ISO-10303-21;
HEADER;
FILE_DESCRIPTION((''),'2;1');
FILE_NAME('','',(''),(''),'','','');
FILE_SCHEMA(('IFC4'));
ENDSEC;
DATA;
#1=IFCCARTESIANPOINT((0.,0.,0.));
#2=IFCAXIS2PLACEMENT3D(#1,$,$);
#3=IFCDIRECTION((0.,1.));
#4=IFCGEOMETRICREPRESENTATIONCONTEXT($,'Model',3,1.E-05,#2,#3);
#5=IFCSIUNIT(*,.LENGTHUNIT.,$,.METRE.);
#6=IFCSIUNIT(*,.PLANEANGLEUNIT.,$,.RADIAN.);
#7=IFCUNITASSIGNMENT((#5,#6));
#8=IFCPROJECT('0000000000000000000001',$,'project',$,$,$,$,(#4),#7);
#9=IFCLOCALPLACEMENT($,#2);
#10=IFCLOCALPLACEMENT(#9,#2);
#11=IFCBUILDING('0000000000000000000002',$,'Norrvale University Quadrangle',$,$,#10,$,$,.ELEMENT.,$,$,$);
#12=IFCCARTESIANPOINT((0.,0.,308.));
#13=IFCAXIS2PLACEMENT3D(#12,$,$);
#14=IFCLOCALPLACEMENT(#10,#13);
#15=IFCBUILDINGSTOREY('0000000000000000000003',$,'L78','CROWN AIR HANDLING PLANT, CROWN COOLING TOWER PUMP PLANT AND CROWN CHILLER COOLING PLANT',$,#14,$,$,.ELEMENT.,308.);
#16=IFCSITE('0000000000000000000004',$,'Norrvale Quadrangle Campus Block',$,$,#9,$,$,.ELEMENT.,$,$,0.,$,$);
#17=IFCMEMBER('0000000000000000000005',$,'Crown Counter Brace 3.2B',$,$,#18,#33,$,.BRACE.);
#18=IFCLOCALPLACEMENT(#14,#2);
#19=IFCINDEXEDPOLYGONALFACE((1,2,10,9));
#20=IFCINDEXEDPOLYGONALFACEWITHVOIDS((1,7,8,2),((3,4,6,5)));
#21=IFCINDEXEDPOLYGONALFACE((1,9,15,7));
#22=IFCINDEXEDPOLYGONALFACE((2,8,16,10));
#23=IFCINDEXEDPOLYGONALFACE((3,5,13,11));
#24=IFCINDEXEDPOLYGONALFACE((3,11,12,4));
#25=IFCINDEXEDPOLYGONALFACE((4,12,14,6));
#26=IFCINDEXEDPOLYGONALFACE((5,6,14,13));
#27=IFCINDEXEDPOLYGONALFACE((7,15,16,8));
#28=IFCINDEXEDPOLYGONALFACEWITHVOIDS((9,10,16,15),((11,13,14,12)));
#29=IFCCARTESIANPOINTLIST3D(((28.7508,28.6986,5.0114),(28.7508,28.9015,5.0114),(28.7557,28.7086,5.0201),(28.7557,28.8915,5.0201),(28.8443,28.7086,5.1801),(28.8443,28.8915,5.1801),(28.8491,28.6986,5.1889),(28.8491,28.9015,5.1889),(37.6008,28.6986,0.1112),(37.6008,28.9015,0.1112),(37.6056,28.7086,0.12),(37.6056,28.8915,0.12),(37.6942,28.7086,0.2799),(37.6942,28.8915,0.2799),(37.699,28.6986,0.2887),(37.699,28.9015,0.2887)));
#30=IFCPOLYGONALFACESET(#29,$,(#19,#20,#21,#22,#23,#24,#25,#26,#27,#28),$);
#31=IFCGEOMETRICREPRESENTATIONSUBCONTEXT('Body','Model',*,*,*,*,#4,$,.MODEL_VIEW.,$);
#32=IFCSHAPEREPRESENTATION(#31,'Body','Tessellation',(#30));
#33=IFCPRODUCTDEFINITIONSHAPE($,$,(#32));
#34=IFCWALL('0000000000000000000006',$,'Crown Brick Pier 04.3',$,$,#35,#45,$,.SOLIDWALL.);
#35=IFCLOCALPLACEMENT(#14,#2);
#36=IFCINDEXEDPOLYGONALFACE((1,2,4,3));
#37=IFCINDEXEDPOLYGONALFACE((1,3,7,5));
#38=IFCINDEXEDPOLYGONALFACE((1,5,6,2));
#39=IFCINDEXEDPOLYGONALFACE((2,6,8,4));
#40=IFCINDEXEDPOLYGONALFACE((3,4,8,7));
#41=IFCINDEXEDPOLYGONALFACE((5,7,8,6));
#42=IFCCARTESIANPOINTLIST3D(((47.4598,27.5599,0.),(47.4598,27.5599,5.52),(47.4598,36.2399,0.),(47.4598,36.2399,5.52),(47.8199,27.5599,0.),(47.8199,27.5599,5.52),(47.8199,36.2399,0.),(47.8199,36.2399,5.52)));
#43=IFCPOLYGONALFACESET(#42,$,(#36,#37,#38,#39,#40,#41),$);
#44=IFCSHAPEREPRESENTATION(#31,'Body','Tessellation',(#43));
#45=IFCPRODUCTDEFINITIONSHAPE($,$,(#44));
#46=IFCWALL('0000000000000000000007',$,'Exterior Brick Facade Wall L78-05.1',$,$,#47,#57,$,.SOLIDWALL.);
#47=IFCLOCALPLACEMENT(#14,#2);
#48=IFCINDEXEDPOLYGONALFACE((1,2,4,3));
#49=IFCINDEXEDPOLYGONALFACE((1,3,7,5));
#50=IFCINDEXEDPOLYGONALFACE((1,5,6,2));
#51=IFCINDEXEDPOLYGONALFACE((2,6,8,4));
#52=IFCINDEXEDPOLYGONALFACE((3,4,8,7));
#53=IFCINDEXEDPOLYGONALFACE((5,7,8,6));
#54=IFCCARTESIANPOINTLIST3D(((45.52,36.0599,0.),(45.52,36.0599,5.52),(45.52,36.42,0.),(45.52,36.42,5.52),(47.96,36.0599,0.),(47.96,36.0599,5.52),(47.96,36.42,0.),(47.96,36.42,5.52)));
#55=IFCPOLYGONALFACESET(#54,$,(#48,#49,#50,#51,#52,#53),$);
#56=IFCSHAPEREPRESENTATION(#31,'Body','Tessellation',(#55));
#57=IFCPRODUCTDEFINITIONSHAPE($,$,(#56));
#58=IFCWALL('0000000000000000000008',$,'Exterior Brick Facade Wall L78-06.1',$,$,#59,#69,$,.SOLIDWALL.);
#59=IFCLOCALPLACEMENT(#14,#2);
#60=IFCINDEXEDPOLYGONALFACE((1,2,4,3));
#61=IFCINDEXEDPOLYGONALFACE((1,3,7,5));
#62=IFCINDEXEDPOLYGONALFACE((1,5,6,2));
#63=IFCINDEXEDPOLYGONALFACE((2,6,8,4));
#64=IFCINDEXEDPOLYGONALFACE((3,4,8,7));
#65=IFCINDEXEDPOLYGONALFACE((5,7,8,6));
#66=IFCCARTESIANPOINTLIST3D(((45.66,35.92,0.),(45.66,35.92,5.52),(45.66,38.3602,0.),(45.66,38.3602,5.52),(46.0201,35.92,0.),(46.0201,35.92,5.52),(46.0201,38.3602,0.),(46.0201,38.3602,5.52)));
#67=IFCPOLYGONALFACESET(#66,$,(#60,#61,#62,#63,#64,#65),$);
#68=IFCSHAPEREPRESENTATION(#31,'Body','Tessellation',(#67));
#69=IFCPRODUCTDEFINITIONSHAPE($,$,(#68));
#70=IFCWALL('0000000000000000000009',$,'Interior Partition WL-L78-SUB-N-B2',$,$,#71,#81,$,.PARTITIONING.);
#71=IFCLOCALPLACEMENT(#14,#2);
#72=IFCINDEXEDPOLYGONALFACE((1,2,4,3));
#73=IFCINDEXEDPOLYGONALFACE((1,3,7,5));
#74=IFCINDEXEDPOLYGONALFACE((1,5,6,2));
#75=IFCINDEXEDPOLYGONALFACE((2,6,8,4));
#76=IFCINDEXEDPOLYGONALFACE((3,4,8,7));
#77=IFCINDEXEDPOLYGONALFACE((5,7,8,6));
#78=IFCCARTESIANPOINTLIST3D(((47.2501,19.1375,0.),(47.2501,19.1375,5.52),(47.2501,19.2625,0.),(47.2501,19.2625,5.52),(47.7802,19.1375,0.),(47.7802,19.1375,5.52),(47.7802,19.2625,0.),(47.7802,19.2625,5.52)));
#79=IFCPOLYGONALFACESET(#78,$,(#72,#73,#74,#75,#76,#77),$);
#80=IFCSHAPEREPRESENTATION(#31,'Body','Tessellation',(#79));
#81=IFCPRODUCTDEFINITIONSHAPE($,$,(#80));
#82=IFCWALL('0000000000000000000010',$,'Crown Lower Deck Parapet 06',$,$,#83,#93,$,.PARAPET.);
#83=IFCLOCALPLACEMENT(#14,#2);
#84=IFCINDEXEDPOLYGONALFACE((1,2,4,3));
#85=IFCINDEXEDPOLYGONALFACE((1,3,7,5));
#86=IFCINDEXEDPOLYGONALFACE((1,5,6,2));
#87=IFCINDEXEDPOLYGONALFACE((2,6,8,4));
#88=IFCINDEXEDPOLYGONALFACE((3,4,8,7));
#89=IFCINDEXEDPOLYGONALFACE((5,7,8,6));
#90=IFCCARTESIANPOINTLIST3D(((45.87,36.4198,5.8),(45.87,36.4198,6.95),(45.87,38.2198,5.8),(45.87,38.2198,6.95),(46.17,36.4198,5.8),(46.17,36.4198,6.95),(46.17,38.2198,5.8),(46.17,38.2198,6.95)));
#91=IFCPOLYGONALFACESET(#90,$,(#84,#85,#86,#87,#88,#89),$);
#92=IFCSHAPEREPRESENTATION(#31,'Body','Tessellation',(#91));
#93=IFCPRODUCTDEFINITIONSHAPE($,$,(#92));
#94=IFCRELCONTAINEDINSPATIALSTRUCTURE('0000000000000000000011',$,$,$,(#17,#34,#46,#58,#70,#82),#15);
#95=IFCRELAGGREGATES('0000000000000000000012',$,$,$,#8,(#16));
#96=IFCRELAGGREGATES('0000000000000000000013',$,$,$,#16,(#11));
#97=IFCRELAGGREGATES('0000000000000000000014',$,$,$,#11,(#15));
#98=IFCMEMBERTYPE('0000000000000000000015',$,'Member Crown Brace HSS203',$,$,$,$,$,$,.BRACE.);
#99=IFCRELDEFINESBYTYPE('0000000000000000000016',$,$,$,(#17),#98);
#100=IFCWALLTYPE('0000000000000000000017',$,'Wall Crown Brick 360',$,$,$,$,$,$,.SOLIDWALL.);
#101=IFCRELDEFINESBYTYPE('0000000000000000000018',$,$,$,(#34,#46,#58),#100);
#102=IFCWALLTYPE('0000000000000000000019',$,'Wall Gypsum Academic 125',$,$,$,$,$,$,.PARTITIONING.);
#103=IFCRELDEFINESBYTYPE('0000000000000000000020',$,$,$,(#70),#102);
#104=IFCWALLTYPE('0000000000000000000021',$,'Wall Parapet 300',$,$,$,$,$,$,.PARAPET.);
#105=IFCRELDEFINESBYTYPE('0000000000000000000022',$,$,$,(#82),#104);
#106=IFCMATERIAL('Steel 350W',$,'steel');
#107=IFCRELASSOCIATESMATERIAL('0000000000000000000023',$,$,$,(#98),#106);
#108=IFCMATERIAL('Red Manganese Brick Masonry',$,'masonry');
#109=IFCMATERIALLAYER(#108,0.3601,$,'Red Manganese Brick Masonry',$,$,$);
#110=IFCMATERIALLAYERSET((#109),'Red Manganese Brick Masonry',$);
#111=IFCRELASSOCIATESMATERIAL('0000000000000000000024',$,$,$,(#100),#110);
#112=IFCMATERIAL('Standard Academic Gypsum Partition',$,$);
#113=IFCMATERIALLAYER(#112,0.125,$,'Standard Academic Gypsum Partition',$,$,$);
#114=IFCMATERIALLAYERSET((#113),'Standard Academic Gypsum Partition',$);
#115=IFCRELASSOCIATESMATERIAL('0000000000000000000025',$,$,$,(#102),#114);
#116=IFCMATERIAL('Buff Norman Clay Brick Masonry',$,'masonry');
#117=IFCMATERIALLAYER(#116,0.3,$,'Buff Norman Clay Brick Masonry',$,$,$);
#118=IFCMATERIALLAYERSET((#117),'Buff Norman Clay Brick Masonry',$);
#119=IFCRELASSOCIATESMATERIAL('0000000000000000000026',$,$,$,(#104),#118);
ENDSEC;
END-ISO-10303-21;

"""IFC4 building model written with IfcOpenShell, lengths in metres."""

from ifc_helpers import new_model, si_unit, direction, frame, frame_2d, origin, origin_2d, place, context, subcontext, project, spatial, rectangle, hollow_rectangle, extrude, material, layer, layer_set, material_profile, profile_set, type_object, element, save


model = new_model("IFC4")

# Units and contexts
model_context = context("Model", 3, precision=1e-05, world=origin(), true_north=direction((0.0, 1.0)))
body_context = subcontext(model_context, "Body", "Model", "MODEL_VIEW")
ifc_project = project(units=[si_unit("LENGTHUNIT", "METRE"), si_unit("PLANEANGLEUNIT", "RADIAN")], contexts=[model_context])

# Site, building, storey
site_placement = place(None, origin())
site = spatial("IfcSite", under=ifc_project, at=site_placement, Name="Norrvale Quadrangle Campus Block", CompositionType="ELEMENT", RefElevation=0.0)
building_placement = place(site_placement, origin())
building = spatial("IfcBuilding", under=site, at=building_placement, Name="Norrvale University Quadrangle", CompositionType="ELEMENT")
storey_placement = place(building_placement, frame((0.0, 0.0, 308.0)))
storey = spatial("IfcBuildingStorey", under=building, at=storey_placement, Name="L78", Description="CROWN AIR HANDLING PLANT, CROWN COOLING TOWER PUMP PLANT AND CROWN CHILLER COOLING PLANT", CompositionType="ELEMENT", Elevation=308.0)

# Shared definitions
ifc_material_1 = material(Name="Steel 350W", Category="steel")

# Member
ifc_material_profile_1 = material_profile(ifc_material_1, hollow_rectangle(XDim=0.2029, YDim=0.2029, WallThickness=0.01, at=origin_2d()), Name="Steel 350W")
ifc_profile_set_1 = profile_set([ifc_material_profile_1], Name="Steel 350W")
member_type_1 = type_object("IfcMemberType", Name="Member Crown Brace HSS203", PredefinedType="BRACE", material=ifc_profile_set_1)
member_1_placement = place(storey_placement, frame((37.6499, 28.8, 0.2), z_axis=(-0.874846, 0.0, 0.484401), x_axis=(0.0, -1.0, 0.0)))
element("IfcMember", 1, at=member_1_placement, inside=storey, type_object=member_type_1, Name="Crown Counter Brace 3.2B", PredefinedType="BRACE", context=body_context, shape_type="SweptSolid", body=[
    extrude(hollow_rectangle(XDim=0.2029, YDim=0.2029, WallThickness=0.01, at=origin_2d()), origin(), (0.0, 0.0, 1.0), 10.116),
])

# Walls
ifc_material_2 = material(Name="Red Manganese Brick Masonry", Category="masonry")
ifc_layer_1 = layer(ifc_material_2, 0.3601, Name="Red Manganese Brick Masonry")
ifc_layer_set_1 = layer_set([ifc_layer_1], Name="Red Manganese Brick Masonry")
wall_type_1 = type_object("IfcWallType", Name="Wall Crown Brick 360", PredefinedType="SOLIDWALL", material=ifc_layer_set_1)
wall_1_placement = place(storey_placement, frame((47.6399, 27.5601, 0.0), z_axis=(0.0, 0.0, 1.0), x_axis=(0.0, 1.0, 0.0)))
element("IfcWall", 2, at=wall_1_placement, inside=storey, type_object=wall_type_1, Name="Crown Brick Pier 04.3", PredefinedType="SOLIDWALL", context=body_context, shape_type="SweptSolid", body=[
    extrude(rectangle(XDim=8.6799, YDim=0.3601, at=frame_2d((4.3398, 0.0))), origin(), (0.0, 0.0, 1.0), 5.52),
])
wall_2_placement = place(storey_placement, frame((47.96, 36.24, 0.0), z_axis=(0.0, 0.0, 1.0), x_axis=(-1.0, 0.0, 0.0)))
element("IfcWall", 3, at=wall_2_placement, inside=storey, type_object=wall_type_1, Name="Exterior Brick Facade Wall L78-05.1", PredefinedType="SOLIDWALL", context=body_context, shape_type="SweptSolid", body=[
    extrude(rectangle(XDim=2.4399, YDim=0.3601, at=frame_2d((1.22, 0.0))), origin(), (0.0, 0.0, 1.0), 5.52),
])
wall_3_placement = place(storey_placement, frame((45.8401, 35.9199, 0.0), z_axis=(0.0, 0.0, 1.0), x_axis=(0.0, 1.0, 0.0)))
element("IfcWall", 4, at=wall_3_placement, inside=storey, type_object=wall_type_1, Name="Exterior Brick Facade Wall L78-06.1", PredefinedType="SOLIDWALL", context=body_context, shape_type="SweptSolid", body=[
    extrude(rectangle(XDim=2.4402, YDim=0.3601, at=frame_2d((1.2202, 0.0))), origin(), (0.0, 0.0, 1.0), 5.52),
])
ifc_material_3 = material(Name="Standard Academic Gypsum Partition")
ifc_layer_2 = layer(ifc_material_3, 0.125, Name="Standard Academic Gypsum Partition")
ifc_layer_set_2 = layer_set([ifc_layer_2], Name="Standard Academic Gypsum Partition")
wall_type_2 = type_object("IfcWallType", Name="Wall Gypsum Academic 125", PredefinedType="PARTITIONING", material=ifc_layer_set_2)
wall_4_placement = place(storey_placement, frame((47.25, 19.2, 0.0), z_axis=(0.0, 0.0, 1.0), x_axis=(1.0, 0.0, 0.0)))
element("IfcWall", 5, at=wall_4_placement, inside=storey, type_object=wall_type_2, Name="Interior Partition WL-L78-SUB-N-B2", PredefinedType="PARTITIONING", context=body_context, shape_type="SweptSolid", body=[
    extrude(rectangle(XDim=0.53, YDim=0.125, at=frame_2d((0.2651, 0.0))), origin(), (0.0, 0.0, 1.0), 5.52),
])
ifc_material_4 = material(Name="Buff Norman Clay Brick Masonry", Category="masonry")
ifc_layer_3 = layer(ifc_material_4, 0.3, Name="Buff Norman Clay Brick Masonry")
ifc_layer_set_3 = layer_set([ifc_layer_3], Name="Buff Norman Clay Brick Masonry")
wall_type_3 = type_object("IfcWallType", Name="Wall Parapet 300", PredefinedType="PARAPET", material=ifc_layer_set_3)
wall_5_placement = place(storey_placement, frame((46.02, 36.4199, 5.8), z_axis=(0.0, 0.0, 1.0), x_axis=(0.0, 1.0, 0.0)))
element("IfcWall", 6, at=wall_5_placement, inside=storey, type_object=wall_type_3, Name="Crown Lower Deck Parapet 06", PredefinedType="PARAPET", context=body_context, shape_type="SweptSolid", body=[
    extrude(rectangle(XDim=1.8, YDim=0.3, at=frame_2d((0.8999, 0.0))), origin(), (0.0, 0.0, 1.0), 1.1499),
])

save(model, "model.ifc")
